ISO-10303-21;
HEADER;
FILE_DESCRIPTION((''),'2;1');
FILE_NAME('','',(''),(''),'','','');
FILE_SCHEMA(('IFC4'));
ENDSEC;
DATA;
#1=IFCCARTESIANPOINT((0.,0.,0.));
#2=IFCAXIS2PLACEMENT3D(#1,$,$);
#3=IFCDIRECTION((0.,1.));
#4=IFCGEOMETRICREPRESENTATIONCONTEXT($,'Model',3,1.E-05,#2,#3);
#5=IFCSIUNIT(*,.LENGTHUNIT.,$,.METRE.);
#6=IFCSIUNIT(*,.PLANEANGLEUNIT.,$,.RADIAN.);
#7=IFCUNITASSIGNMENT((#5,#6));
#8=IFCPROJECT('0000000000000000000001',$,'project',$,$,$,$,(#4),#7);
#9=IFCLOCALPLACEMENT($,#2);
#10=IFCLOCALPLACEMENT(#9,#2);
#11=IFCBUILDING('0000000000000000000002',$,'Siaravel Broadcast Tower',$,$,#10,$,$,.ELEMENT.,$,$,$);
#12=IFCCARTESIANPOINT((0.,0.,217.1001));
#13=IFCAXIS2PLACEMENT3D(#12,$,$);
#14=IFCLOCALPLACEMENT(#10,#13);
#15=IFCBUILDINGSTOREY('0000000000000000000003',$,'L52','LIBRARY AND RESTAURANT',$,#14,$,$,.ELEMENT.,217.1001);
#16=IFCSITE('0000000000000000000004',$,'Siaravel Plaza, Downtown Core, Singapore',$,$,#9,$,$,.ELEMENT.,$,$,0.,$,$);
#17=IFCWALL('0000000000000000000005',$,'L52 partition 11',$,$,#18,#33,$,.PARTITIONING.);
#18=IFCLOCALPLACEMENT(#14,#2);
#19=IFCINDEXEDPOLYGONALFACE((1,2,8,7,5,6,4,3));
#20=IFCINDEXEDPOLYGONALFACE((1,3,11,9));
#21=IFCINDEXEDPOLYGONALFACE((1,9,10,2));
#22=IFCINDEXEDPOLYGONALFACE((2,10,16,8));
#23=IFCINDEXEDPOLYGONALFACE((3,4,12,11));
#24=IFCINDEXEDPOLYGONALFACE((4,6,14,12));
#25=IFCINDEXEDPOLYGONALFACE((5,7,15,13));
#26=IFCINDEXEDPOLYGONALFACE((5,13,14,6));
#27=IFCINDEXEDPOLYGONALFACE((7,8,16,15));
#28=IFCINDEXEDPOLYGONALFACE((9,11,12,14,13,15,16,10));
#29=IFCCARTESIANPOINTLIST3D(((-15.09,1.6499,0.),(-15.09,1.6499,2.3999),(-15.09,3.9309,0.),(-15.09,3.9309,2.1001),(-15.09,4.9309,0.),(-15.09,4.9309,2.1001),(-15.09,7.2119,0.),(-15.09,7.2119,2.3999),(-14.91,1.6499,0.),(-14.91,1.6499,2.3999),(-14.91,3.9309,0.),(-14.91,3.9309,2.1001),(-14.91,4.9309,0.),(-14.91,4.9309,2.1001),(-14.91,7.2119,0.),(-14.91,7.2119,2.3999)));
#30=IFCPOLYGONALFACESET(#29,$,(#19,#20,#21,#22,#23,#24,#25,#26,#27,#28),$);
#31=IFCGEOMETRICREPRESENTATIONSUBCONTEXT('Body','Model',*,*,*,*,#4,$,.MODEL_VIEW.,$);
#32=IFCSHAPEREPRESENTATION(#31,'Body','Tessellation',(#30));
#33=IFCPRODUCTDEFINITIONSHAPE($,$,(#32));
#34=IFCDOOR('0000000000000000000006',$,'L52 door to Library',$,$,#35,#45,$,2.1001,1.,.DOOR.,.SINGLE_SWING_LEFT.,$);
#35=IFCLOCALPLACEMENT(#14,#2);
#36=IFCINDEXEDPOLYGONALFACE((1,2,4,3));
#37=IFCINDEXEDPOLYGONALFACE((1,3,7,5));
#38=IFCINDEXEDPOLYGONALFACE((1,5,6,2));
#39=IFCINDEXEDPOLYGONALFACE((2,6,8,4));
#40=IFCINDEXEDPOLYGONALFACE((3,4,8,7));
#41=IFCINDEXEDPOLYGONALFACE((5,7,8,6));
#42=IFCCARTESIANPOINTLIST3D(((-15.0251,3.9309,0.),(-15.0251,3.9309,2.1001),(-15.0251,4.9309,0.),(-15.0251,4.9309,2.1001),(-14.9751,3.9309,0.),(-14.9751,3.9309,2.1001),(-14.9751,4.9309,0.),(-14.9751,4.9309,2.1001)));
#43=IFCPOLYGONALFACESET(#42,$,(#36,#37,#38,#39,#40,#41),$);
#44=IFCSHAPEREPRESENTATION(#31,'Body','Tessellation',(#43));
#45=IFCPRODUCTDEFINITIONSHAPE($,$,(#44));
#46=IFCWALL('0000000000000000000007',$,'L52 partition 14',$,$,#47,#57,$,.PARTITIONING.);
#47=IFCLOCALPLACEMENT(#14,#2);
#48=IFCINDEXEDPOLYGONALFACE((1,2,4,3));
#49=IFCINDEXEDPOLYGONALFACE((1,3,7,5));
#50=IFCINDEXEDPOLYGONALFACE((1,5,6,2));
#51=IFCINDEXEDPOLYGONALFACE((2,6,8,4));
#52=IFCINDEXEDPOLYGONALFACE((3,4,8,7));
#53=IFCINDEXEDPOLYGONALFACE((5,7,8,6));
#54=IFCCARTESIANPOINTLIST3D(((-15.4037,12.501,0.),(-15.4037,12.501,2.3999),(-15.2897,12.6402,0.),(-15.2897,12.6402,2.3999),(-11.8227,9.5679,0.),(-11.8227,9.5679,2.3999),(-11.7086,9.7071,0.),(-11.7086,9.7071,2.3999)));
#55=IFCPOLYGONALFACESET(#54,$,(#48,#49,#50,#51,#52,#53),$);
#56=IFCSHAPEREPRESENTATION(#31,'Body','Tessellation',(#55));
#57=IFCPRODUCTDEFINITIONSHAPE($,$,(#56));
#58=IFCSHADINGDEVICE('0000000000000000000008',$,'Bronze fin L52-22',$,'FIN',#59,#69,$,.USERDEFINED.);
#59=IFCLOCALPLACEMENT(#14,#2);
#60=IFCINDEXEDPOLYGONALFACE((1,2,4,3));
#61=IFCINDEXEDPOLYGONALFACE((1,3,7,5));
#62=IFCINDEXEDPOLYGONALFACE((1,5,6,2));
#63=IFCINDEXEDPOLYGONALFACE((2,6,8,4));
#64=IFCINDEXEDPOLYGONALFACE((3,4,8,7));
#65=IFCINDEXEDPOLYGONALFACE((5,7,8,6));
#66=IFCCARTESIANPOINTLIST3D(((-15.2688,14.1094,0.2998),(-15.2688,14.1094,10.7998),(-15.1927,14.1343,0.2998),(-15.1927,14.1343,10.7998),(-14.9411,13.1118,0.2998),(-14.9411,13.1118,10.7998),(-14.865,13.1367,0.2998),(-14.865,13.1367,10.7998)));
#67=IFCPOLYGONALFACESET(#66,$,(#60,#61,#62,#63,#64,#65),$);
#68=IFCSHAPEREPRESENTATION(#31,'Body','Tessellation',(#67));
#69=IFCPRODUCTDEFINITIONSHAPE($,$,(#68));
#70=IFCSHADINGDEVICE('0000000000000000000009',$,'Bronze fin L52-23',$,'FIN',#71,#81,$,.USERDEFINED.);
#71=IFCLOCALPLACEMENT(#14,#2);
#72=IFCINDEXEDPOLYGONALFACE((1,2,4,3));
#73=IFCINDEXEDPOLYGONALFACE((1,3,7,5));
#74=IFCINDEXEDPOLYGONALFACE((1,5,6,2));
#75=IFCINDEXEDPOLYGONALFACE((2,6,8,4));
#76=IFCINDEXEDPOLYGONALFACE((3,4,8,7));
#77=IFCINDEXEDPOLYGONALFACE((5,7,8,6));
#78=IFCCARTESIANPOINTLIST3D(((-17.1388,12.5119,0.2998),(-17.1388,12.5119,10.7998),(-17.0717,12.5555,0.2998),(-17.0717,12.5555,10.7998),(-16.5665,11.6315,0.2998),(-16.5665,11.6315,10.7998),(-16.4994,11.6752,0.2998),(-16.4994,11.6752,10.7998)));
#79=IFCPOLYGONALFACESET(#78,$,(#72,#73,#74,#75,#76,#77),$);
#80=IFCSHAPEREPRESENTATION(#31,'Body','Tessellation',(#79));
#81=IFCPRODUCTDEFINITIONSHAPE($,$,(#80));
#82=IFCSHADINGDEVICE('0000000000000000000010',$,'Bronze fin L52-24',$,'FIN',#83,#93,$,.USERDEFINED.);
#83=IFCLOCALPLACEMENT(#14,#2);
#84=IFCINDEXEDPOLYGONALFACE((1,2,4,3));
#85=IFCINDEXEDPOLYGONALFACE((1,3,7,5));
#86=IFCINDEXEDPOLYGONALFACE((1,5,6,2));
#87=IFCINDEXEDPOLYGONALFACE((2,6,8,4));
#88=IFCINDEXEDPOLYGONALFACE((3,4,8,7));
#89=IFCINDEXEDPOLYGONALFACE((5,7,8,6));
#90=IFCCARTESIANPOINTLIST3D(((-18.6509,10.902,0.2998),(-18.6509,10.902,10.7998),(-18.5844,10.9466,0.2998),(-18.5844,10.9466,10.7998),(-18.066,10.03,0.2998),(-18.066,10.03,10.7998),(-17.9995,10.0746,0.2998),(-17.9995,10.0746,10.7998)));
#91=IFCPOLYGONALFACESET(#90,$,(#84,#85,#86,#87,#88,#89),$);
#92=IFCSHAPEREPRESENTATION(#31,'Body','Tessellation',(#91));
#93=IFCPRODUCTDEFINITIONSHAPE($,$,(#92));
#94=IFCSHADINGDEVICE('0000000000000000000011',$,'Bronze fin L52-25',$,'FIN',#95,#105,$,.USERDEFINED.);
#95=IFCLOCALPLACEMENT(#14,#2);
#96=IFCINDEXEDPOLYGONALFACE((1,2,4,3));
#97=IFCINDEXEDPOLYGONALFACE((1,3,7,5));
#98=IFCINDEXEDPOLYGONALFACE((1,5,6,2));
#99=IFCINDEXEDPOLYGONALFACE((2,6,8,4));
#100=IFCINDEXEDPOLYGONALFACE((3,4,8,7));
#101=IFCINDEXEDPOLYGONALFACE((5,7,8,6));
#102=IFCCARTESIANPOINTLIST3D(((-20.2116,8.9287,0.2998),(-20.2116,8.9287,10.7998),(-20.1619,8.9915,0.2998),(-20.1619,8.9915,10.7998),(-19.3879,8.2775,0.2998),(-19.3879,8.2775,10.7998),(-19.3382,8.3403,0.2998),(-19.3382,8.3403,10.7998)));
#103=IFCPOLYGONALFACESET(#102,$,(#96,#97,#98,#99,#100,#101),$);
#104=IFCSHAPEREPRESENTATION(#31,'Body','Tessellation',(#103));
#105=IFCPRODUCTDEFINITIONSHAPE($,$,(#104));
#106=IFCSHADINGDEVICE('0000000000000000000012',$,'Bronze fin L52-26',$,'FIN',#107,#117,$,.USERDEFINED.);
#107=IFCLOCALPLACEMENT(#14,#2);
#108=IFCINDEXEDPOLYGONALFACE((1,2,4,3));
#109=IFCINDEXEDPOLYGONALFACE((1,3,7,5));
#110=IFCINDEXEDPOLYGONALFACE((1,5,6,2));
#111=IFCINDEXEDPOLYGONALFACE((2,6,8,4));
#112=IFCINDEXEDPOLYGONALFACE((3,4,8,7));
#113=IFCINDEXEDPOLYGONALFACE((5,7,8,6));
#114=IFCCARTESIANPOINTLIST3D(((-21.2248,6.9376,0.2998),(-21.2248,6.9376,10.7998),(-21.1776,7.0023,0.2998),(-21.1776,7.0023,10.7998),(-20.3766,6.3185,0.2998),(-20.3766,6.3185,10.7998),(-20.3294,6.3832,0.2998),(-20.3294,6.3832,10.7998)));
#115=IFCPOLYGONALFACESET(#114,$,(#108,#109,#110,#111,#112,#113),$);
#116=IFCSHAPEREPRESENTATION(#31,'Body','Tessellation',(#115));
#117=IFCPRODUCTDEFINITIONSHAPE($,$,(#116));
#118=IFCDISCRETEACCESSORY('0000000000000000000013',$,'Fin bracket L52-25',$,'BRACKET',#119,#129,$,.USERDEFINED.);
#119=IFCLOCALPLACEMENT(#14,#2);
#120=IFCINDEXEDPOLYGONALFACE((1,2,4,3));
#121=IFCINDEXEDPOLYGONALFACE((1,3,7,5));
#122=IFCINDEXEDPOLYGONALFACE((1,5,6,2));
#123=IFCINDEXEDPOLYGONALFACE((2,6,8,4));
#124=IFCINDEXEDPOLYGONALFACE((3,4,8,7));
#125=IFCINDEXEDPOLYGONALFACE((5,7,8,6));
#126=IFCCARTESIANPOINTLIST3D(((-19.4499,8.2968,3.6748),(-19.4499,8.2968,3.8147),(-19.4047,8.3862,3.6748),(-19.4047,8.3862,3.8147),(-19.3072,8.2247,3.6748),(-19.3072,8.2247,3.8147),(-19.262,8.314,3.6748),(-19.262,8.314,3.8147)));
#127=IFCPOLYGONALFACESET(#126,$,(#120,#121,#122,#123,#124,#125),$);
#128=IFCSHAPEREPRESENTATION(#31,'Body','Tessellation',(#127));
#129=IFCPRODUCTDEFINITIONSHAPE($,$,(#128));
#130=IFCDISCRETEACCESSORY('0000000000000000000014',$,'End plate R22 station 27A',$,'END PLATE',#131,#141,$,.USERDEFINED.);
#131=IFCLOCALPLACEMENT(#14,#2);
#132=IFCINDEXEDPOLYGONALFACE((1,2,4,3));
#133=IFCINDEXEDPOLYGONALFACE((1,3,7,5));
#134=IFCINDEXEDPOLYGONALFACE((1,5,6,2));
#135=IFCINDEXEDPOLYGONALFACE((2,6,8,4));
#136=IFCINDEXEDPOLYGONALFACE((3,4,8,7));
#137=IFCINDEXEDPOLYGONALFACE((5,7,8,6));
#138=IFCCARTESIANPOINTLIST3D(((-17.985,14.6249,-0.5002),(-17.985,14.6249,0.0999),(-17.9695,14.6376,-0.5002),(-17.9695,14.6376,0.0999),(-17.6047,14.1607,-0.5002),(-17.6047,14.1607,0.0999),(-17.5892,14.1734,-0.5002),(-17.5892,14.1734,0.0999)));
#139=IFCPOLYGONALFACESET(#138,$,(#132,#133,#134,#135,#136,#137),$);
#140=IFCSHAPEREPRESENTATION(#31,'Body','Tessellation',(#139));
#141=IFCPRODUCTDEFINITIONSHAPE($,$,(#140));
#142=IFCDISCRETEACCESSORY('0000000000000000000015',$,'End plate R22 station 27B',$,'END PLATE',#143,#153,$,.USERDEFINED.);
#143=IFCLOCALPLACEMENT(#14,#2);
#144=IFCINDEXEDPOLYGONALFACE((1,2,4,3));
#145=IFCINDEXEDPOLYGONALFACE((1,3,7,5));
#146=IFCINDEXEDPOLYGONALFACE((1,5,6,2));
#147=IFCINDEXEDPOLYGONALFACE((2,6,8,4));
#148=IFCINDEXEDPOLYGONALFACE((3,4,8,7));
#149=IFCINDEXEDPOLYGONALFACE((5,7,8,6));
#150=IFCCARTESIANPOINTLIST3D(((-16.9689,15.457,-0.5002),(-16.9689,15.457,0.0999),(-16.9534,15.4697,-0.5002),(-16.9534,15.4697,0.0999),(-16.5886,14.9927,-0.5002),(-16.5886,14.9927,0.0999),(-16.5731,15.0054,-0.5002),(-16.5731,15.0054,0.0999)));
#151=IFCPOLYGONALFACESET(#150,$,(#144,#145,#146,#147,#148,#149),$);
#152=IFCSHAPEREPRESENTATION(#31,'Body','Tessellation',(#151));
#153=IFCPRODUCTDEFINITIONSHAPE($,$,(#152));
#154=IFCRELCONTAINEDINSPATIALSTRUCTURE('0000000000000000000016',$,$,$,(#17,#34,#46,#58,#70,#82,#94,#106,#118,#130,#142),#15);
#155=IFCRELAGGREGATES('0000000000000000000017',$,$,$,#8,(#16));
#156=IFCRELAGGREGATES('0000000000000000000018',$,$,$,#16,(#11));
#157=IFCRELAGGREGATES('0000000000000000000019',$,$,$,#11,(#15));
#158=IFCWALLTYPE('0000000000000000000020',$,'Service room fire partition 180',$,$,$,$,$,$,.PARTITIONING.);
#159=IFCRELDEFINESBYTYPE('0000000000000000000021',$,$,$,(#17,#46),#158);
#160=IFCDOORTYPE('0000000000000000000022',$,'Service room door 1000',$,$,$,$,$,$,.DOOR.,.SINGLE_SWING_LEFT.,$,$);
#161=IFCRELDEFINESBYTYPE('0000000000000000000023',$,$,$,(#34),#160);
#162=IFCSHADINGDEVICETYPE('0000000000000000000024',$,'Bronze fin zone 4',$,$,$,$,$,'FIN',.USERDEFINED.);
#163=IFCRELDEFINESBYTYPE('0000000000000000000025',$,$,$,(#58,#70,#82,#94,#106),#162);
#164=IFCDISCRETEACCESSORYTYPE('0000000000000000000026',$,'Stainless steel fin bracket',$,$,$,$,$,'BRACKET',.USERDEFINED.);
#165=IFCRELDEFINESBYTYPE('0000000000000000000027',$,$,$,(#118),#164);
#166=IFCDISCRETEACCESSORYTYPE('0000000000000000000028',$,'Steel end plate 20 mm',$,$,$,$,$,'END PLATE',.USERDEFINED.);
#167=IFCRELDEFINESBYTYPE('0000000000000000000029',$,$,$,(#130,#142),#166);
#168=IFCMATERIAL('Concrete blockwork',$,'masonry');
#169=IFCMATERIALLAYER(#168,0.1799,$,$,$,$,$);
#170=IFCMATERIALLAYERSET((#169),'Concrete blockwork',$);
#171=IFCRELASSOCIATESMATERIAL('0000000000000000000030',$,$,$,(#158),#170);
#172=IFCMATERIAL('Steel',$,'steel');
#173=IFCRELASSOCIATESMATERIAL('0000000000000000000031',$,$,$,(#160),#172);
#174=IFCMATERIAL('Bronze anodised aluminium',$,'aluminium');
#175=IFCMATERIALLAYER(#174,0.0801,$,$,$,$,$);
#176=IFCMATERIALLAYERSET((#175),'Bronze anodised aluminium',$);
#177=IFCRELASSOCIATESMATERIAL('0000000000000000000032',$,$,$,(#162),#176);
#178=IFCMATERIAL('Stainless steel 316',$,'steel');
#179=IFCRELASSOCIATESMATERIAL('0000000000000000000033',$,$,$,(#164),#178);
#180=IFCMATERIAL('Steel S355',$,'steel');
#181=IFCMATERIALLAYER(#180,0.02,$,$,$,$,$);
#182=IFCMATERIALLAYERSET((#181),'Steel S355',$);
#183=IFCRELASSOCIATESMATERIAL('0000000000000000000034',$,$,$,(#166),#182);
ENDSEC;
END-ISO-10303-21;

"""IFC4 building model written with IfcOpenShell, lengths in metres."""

from ifc_helpers import new_model, si_unit, direction, frame, frame_2d, origin, origin_2d, place, context, subcontext, project, spatial, rectangle, extrude, material, layer, layer_set, type_object, element, fill, save


model = new_model("IFC4")

# Units and contexts
model_context = context("Model", 3, precision=1e-05, world=origin(), true_north=direction((0.0, 1.0)))
body_context = subcontext(model_context, "Body", "Model", "MODEL_VIEW")
ifc_project = project(units=[si_unit("LENGTHUNIT", "METRE"), si_unit("PLANEANGLEUNIT", "RADIAN")], contexts=[model_context])

# Site, building, storey
site_placement = place(None, origin())
site = spatial("IfcSite", under=ifc_project, at=site_placement, Name="Siaravel Plaza, Downtown Core, Singapore", CompositionType="ELEMENT", RefElevation=0.0)
building_placement = place(site_placement, origin())
building = spatial("IfcBuilding", under=site, at=building_placement, Name="Siaravel Broadcast Tower", CompositionType="ELEMENT")
storey_placement = place(building_placement, frame((0.0, 0.0, 217.1001)))
storey = spatial("IfcBuildingStorey", under=building, at=storey_placement, Name="L52", Description="LIBRARY AND RESTAURANT", CompositionType="ELEMENT", Elevation=217.1001)

# Shared definitions
ifc_material_1 = material(Name="Steel S355", Category="steel")

# Wall, opening, door
ifc_material_2 = material(Name="Concrete blockwork", Category="masonry")
ifc_layer_1 = layer(ifc_material_2, 0.1799)
ifc_layer_set_1 = layer_set([ifc_layer_1], Name="Concrete blockwork")
wall_type = type_object("IfcWallType", Name="Service room fire partition 180", PredefinedType="PARTITIONING", material=ifc_layer_set_1)
wall_1_placement = place(storey_placement, frame((-15.0, 7.2119, 0.0), z_axis=(0.0, 0.0, 1.0), x_axis=(0.0, -1.0, 0.0)))
wall_1 = element("IfcWall", 1, at=wall_1_placement, inside=storey, type_object=wall_type, Name="L52 partition 11", PredefinedType="PARTITIONING", context=body_context, shape_type="SweptSolid", body=[
    extrude(rectangle(XDim=5.562, YDim=0.1799, at=frame_2d((2.781, 0.0))), origin(), (0.0, 0.0, 1.0), 2.3999),
])
opening_placement = place(wall_1_placement, frame((2.281, 0.0, 0.0)))
opening = element("IfcOpeningElement", 2, at=opening_placement, cuts=wall_1, PredefinedType="OPENING", context=body_context, shape_type="SweptSolid", body=[
    extrude(rectangle(XDim=1.0, YDim=2.1001, at=frame_2d((0.5, 1.05))), frame((0.0, 0.0999, 0.0), z_axis=(0.0, -1.0, 0.0), x_axis=(1.0, 0.0, 0.0)), (0.0, 0.0, 1.0), 0.2),
])
ifc_material_3 = material(Name="Steel", Category="steel")
door_type = type_object("IfcDoorType", Name="Service room door 1000", OperationType="SINGLE_SWING_LEFT", PredefinedType="DOOR", material=ifc_material_3)
door_placement = place(opening_placement, origin())
door = element("IfcDoor", 3, at=door_placement, inside=storey, type_object=door_type, Name="L52 door to Library", OperationType="SINGLE_SWING_LEFT", OverallHeight=2.1001, OverallWidth=1.0, PredefinedType="DOOR", context=body_context, shape_type="SweptSolid", body=[
    extrude(rectangle(XDim=1.0, YDim=2.1001, at=frame_2d((0.5, 1.05))), frame((0.0, 0.0249, 0.0), z_axis=(0.0, -1.0, 0.0), x_axis=(1.0, 0.0, 0.0)), (0.0, 0.0, 1.0), 0.05),
])
fill(opening, door)

# Wall
wall_2_placement = place(storey_placement, frame((-15.3467, 12.5706, 0.0), z_axis=(0.0, 0.0, 1.0), x_axis=(0.773624, -0.633646, 0.0)))
element("IfcWall", 4, at=wall_2_placement, inside=storey, type_object=wall_type, Name="L52 partition 14", PredefinedType="PARTITIONING", context=body_context, shape_type="SweptSolid", body=[
    extrude(rectangle(XDim=4.6289, YDim=0.1799, at=frame_2d((2.3145, 0.0))), origin(), (0.0, 0.0, 1.0), 2.3999),
])

# Shading devices
ifc_material_4 = material(Name="Bronze anodised aluminium", Category="aluminium")
ifc_layer_2 = layer(ifc_material_4, 0.0801)
ifc_layer_set_2 = layer_set([ifc_layer_2], Name="Bronze anodised aluminium")
shading_device_type = type_object("IfcShadingDeviceType", Name="Bronze fin zone 4", ElementType="FIN", PredefinedType="USERDEFINED", material=ifc_layer_set_2)
for number, where, z_axis, x_axis, name in (
    (5, (-15.0669, 13.623, 0.2998), (0.0, 0.0, 1.0), (-0.312094, 0.950051, 0.0), "Bronze fin L52-22"),
    (6, (-16.8191, 12.0935, 0.2998), (0.0, 0.0, 1.0), (-0.545059, 0.838398, 0.0), "Bronze fin L52-23"),
    (7, (-18.3252, 10.4883, 0.2998), (0.0, 0.0, 1.0), (-0.557102, 0.830444, 0.0), "Bronze fin L52-24"),
    (8, (-19.7749, 8.6345, 0.2998), (0.0, 0.0, 1.0), (-0.784446, 0.620197, 0.0), "Bronze fin L52-25"),
    (9, (-20.7771, 6.6604, 0.2998), (0.0, 0.0, 1.0), (-0.807718, 0.589569, 0.0), "Bronze fin L52-26"),
):
    element("IfcShadingDevice", number, at=place(storey_placement, frame(where, z_axis=z_axis, x_axis=x_axis)), inside=storey, type_object=shading_device_type, Name=name, ObjectType="FIN", PredefinedType="USERDEFINED", context=body_context, shape_type="SweptSolid", body=[
        extrude(rectangle(XDim=1.05, YDim=0.0801, at=origin_2d()), origin(), (0.0, 0.0, 1.0), 10.5),
    ])

# Discrete accessories
ifc_material_5 = material(Name="Stainless steel 316", Category="steel")
discrete_accessory_type_1 = type_object("IfcDiscreteAccessoryType", Name="Stainless steel fin bracket", ElementType="BRACKET", PredefinedType="USERDEFINED", material=ifc_material_5)
discrete_accessory_placement = place(storey_placement, frame((-19.356, 8.3054, 3.6748), z_axis=(0.0, 0.0, 1.0), x_axis=(-0.892393, 0.451259, 0.0)))
element("IfcDiscreteAccessory", 10, at=discrete_accessory_placement, inside=storey, type_object=discrete_accessory_type_1, Name="Fin bracket L52-25", ObjectType="BRACKET", PredefinedType="USERDEFINED", context=body_context, shape_type="SweptSolid", body=[
    extrude(rectangle(XDim=0.1599, YDim=0.1001, at=origin_2d()), origin(), (0.0, 0.0, 1.0), 0.1399),
])
ifc_layer_3 = layer(ifc_material_1, 0.02)
ifc_layer_set_3 = layer_set([ifc_layer_3], Name="Steel S355")
discrete_accessory_type_2 = type_object("IfcDiscreteAccessoryType", Name="Steel end plate 20 mm", ElementType="END PLATE", PredefinedType="USERDEFINED", material=ifc_layer_set_3)
for number, where, z_axis, x_axis, name in (
    (11, (-17.7871, 14.3992, -0.5002), (0.0, 0.0, 1.0), (-0.773606, -0.633667, 0.0), "End plate R22 station 27A"),
    (12, (-16.771, 15.2312, -0.5002), (0.0, 0.0, 1.0), (-0.773606, -0.633667, 0.0), "End plate R22 station 27B"),
):
    element("IfcDiscreteAccessory", number, at=place(storey_placement, frame(where, z_axis=z_axis, x_axis=x_axis)), inside=storey, type_object=discrete_accessory_type_2, Name=name, ObjectType="END PLATE", PredefinedType="USERDEFINED", context=body_context, shape_type="SweptSolid", body=[
        extrude(rectangle(XDim=0.02, YDim=0.6001, at=origin_2d()), origin(), (0.0, 0.0, 1.0), 0.6001),
    ])

save(model, "model.ifc")
